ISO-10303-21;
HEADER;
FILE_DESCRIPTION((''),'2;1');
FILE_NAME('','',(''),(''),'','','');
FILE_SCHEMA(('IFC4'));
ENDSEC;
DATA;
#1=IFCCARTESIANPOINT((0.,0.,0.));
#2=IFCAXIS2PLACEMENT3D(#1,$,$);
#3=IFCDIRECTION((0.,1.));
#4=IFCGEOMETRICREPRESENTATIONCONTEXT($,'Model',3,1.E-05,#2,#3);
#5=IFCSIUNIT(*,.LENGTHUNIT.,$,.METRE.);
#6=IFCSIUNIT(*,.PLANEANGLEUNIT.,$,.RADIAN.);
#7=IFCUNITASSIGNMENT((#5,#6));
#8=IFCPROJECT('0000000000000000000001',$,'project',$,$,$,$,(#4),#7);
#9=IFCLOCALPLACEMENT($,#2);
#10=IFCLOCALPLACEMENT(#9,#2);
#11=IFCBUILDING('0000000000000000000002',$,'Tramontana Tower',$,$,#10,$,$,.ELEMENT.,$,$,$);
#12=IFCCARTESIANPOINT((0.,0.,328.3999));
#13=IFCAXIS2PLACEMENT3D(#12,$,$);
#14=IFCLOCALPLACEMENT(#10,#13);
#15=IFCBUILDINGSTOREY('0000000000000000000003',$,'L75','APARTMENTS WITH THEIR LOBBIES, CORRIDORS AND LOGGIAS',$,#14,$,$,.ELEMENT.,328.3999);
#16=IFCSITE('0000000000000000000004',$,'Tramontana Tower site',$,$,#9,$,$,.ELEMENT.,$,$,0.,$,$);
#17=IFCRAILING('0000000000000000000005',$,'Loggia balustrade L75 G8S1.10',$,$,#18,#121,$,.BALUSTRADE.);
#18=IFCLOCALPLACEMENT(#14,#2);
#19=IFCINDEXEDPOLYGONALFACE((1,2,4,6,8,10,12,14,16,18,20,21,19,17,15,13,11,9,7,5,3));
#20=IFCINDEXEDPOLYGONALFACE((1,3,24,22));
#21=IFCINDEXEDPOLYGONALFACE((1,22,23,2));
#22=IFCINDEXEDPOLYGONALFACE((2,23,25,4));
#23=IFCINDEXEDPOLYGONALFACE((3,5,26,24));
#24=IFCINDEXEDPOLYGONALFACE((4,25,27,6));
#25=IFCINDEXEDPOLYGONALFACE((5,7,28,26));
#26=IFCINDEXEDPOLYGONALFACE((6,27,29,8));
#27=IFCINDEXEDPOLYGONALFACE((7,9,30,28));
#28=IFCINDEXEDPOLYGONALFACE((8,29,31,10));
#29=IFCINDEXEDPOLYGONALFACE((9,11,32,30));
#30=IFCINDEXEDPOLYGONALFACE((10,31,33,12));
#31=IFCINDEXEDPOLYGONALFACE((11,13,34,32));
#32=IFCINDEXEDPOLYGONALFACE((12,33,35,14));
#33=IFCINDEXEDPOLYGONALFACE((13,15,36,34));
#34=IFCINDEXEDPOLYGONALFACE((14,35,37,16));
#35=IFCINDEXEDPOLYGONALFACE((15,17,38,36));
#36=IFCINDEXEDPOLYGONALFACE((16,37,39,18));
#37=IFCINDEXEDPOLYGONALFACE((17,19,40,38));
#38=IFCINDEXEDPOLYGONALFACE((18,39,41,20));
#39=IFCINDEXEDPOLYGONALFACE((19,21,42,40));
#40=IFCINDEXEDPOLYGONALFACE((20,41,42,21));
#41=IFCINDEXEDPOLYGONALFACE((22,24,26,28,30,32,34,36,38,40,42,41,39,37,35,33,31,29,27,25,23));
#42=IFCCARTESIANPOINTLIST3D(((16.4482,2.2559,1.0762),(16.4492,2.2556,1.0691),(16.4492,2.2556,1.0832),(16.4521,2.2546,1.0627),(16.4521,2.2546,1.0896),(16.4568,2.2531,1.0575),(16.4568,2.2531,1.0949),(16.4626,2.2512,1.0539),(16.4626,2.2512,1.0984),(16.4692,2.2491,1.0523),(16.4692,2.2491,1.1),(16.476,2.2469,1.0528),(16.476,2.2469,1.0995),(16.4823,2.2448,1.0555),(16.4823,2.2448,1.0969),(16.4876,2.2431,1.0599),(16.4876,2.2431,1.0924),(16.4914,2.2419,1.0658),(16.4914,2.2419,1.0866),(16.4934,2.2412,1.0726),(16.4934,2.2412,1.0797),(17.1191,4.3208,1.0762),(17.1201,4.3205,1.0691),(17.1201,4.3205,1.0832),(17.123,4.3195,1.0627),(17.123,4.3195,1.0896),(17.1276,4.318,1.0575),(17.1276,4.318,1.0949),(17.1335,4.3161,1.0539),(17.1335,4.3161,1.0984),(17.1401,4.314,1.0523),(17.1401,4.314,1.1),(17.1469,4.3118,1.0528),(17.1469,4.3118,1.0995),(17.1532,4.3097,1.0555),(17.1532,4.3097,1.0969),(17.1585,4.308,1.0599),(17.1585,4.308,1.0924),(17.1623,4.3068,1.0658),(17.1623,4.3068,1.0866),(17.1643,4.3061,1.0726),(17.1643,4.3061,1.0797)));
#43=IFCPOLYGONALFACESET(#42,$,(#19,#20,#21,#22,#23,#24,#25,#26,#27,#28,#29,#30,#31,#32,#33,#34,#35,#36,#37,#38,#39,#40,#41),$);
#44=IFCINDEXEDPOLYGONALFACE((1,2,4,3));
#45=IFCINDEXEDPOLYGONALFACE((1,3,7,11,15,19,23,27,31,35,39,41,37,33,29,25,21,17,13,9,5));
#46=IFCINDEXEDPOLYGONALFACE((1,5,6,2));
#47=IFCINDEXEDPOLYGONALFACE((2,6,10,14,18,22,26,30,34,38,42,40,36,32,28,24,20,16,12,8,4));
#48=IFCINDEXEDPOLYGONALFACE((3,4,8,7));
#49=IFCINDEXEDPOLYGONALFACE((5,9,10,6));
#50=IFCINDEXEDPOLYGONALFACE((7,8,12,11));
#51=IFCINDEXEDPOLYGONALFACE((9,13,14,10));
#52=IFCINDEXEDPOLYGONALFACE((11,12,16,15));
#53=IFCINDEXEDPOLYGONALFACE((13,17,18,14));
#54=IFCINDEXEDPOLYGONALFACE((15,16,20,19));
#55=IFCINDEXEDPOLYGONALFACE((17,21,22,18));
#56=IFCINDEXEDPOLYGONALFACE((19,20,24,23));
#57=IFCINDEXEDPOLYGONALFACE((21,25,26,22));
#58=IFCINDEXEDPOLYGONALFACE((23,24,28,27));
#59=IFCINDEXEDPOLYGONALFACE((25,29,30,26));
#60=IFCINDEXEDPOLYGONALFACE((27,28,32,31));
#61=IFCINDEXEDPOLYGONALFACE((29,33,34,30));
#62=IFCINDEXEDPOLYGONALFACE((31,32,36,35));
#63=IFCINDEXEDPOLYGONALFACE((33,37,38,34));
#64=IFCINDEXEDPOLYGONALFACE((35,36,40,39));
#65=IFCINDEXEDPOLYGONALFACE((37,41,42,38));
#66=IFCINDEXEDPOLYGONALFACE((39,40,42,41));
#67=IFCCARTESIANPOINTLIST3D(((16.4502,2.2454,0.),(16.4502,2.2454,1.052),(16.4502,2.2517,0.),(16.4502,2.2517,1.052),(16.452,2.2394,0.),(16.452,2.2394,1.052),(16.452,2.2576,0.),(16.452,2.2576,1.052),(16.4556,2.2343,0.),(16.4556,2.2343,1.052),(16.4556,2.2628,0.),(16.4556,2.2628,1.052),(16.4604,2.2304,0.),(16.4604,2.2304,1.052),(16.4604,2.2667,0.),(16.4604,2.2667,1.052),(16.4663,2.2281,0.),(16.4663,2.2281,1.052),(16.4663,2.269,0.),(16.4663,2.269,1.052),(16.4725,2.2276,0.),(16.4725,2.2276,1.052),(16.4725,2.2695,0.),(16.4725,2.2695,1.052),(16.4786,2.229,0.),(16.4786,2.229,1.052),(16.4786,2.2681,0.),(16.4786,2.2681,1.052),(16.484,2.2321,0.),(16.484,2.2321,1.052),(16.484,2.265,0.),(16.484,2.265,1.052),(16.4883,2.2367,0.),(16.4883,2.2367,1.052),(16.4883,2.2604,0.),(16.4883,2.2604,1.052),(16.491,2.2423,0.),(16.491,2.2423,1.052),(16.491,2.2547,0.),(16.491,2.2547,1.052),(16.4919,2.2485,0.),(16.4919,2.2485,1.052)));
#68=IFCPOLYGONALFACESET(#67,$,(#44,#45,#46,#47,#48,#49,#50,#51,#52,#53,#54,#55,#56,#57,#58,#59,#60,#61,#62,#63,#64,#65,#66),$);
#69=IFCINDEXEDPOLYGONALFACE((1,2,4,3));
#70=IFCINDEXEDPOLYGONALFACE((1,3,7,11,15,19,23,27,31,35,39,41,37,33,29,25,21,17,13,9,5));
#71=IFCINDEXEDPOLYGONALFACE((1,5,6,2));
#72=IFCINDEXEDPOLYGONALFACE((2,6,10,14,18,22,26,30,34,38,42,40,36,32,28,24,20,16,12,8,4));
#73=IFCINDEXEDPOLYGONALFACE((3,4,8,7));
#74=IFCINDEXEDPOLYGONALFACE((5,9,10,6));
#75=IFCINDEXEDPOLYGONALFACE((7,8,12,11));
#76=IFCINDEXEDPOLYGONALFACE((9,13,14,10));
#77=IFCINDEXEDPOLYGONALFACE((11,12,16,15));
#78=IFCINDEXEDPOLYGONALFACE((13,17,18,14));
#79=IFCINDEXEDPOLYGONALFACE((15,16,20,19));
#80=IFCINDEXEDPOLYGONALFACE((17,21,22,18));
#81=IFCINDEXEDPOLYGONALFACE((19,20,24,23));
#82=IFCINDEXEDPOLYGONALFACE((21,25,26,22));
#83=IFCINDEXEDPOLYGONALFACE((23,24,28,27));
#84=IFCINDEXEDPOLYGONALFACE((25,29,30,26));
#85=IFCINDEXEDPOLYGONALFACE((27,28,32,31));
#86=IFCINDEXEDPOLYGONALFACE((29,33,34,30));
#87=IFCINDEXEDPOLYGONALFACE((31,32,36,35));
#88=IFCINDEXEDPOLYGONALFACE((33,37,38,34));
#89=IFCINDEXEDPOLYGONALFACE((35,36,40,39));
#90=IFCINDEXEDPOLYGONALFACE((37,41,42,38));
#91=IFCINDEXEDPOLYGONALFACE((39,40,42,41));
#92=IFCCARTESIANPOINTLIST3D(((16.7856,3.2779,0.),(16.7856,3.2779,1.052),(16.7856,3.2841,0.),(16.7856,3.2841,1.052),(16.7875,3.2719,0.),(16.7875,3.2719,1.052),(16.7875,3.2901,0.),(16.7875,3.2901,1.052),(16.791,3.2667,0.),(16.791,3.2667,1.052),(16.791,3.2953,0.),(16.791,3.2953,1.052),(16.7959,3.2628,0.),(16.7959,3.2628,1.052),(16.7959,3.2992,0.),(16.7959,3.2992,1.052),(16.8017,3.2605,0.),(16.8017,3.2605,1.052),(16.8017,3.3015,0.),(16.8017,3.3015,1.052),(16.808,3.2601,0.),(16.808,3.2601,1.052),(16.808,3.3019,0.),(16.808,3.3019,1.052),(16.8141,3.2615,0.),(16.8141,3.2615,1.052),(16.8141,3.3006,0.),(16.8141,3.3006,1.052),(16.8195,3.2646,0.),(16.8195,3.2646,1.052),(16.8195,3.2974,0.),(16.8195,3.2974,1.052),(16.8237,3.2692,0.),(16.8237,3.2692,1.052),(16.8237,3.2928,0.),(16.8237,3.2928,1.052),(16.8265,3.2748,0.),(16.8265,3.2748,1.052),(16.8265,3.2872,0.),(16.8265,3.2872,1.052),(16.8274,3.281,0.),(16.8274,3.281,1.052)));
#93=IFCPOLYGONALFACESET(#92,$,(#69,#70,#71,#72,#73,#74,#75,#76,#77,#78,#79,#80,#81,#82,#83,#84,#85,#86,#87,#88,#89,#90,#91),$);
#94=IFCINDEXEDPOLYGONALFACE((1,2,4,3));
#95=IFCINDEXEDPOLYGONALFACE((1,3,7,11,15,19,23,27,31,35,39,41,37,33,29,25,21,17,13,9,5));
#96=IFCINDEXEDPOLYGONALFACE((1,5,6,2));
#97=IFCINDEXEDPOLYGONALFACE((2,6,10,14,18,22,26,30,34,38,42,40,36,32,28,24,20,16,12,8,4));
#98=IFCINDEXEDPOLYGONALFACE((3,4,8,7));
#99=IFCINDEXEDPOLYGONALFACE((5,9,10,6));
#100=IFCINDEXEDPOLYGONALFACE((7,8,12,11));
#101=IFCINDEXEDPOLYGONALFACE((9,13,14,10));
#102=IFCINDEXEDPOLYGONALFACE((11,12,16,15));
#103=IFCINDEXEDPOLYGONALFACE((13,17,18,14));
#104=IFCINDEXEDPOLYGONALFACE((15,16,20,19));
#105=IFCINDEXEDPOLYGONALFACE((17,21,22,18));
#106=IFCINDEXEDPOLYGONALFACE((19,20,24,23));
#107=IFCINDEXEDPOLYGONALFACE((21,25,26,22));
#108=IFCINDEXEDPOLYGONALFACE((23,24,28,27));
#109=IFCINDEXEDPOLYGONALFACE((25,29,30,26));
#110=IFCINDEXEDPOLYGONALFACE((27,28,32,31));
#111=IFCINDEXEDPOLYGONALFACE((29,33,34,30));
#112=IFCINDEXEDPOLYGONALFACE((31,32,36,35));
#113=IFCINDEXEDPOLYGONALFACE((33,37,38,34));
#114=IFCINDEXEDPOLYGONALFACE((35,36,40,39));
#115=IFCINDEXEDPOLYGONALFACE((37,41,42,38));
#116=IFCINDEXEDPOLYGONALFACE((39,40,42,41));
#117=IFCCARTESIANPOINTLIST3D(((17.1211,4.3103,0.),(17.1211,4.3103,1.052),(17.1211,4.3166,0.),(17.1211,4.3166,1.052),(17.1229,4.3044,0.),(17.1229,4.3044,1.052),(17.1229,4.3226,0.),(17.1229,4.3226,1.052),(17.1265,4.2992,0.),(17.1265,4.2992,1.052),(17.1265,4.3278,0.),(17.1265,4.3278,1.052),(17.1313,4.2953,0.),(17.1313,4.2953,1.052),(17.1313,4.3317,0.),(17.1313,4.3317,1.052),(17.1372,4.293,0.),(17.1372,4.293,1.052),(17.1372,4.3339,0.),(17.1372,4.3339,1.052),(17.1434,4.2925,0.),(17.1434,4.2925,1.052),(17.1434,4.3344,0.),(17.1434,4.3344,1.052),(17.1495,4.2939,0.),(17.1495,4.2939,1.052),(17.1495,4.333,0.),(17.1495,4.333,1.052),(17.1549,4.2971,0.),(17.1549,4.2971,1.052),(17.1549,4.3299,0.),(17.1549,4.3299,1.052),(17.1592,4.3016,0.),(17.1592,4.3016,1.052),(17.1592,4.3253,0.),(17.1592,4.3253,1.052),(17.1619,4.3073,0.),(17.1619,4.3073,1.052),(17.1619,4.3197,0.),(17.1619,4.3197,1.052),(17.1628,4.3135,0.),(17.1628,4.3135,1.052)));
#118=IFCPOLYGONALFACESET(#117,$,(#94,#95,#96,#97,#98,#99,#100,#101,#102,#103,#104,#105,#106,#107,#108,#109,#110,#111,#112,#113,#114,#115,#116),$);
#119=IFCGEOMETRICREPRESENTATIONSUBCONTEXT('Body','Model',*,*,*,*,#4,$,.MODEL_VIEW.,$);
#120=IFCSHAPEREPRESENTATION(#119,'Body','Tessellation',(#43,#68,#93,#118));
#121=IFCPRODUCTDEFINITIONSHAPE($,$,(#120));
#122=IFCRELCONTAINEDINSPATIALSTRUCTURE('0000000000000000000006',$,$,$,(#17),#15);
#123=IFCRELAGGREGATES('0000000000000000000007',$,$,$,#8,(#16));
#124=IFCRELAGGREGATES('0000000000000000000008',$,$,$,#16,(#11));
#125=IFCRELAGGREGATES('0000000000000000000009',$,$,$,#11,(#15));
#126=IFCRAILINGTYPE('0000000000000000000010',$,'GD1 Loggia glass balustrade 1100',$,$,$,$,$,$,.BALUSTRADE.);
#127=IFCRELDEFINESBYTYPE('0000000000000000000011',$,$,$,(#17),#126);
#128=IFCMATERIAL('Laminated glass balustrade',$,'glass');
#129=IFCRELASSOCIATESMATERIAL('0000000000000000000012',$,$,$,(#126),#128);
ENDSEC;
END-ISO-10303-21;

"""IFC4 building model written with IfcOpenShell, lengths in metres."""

from ifc_helpers import new_model, si_unit, direction, frame, origin, origin_2d, place, context, subcontext, project, spatial, circle, extrude, material, type_object, element, save


model = new_model("IFC4")

# Units and contexts
model_context = context("Model", 3, precision=1e-05, world=origin(), true_north=direction((0.0, 1.0)))
body_context = subcontext(model_context, "Body", "Model", "MODEL_VIEW")
ifc_project = project(units=[si_unit("LENGTHUNIT", "METRE"), si_unit("PLANEANGLEUNIT", "RADIAN")], contexts=[model_context])

# Site, building, storey
site_placement = place(None, origin())
site = spatial("IfcSite", under=ifc_project, at=site_placement, Name="Tramontana Tower site", CompositionType="ELEMENT", RefElevation=0.0)
building_placement = place(site_placement, origin())
building = spatial("IfcBuilding", under=site, at=building_placement, Name="Tramontana Tower", CompositionType="ELEMENT")
storey_placement = place(building_placement, frame((0.0, 0.0, 328.3999)))
storey = spatial("IfcBuildingStorey", under=building, at=storey_placement, Name="L75", Description="APARTMENTS WITH THEIR LOBBIES, CORRIDORS AND LOGGIAS", CompositionType="ELEMENT", Elevation=328.3999)

# Railing
ifc_material_1 = material(Name="Laminated glass balustrade", Category="glass")
railing_type = type_object("IfcRailingType", Name="GD1 Loggia glass balustrade 1100", PredefinedType="BALUSTRADE", material=ifc_material_1)
railing_1_placement = place(storey_placement, frame((16.4709, 2.2485, 0.0)))
element("IfcRailing", 1, at=railing_1_placement, inside=storey, type_object=railing_type, Name="Loggia balustrade L75 G8S1.10", PredefinedType="BALUSTRADE", context=body_context, shape_type="SweptSolid", body=[
    extrude(circle(Radius=0.0239, at=origin_2d()), frame((0.0, 0.0, 1.0762), z_axis=(0.309, 0.951062, 0.0), x_axis=(-0.951062, 0.309, 0.0)), (0.0, 0.0, 1.0), 2.1711),
    extrude(circle(Radius=0.021, at=origin_2d()), origin(), (0.0, 0.0, 1.0), 1.052),
    extrude(circle(Radius=0.021, at=origin_2d()), frame((0.3354, 1.0325, 0.0)), (0.0, 0.0, 1.0), 1.052),
    extrude(circle(Radius=0.021, at=origin_2d()), frame((0.6709, 2.0649, 0.0)), (0.0, 0.0, 1.0), 1.052),
])

save(model, "model.ifc")
